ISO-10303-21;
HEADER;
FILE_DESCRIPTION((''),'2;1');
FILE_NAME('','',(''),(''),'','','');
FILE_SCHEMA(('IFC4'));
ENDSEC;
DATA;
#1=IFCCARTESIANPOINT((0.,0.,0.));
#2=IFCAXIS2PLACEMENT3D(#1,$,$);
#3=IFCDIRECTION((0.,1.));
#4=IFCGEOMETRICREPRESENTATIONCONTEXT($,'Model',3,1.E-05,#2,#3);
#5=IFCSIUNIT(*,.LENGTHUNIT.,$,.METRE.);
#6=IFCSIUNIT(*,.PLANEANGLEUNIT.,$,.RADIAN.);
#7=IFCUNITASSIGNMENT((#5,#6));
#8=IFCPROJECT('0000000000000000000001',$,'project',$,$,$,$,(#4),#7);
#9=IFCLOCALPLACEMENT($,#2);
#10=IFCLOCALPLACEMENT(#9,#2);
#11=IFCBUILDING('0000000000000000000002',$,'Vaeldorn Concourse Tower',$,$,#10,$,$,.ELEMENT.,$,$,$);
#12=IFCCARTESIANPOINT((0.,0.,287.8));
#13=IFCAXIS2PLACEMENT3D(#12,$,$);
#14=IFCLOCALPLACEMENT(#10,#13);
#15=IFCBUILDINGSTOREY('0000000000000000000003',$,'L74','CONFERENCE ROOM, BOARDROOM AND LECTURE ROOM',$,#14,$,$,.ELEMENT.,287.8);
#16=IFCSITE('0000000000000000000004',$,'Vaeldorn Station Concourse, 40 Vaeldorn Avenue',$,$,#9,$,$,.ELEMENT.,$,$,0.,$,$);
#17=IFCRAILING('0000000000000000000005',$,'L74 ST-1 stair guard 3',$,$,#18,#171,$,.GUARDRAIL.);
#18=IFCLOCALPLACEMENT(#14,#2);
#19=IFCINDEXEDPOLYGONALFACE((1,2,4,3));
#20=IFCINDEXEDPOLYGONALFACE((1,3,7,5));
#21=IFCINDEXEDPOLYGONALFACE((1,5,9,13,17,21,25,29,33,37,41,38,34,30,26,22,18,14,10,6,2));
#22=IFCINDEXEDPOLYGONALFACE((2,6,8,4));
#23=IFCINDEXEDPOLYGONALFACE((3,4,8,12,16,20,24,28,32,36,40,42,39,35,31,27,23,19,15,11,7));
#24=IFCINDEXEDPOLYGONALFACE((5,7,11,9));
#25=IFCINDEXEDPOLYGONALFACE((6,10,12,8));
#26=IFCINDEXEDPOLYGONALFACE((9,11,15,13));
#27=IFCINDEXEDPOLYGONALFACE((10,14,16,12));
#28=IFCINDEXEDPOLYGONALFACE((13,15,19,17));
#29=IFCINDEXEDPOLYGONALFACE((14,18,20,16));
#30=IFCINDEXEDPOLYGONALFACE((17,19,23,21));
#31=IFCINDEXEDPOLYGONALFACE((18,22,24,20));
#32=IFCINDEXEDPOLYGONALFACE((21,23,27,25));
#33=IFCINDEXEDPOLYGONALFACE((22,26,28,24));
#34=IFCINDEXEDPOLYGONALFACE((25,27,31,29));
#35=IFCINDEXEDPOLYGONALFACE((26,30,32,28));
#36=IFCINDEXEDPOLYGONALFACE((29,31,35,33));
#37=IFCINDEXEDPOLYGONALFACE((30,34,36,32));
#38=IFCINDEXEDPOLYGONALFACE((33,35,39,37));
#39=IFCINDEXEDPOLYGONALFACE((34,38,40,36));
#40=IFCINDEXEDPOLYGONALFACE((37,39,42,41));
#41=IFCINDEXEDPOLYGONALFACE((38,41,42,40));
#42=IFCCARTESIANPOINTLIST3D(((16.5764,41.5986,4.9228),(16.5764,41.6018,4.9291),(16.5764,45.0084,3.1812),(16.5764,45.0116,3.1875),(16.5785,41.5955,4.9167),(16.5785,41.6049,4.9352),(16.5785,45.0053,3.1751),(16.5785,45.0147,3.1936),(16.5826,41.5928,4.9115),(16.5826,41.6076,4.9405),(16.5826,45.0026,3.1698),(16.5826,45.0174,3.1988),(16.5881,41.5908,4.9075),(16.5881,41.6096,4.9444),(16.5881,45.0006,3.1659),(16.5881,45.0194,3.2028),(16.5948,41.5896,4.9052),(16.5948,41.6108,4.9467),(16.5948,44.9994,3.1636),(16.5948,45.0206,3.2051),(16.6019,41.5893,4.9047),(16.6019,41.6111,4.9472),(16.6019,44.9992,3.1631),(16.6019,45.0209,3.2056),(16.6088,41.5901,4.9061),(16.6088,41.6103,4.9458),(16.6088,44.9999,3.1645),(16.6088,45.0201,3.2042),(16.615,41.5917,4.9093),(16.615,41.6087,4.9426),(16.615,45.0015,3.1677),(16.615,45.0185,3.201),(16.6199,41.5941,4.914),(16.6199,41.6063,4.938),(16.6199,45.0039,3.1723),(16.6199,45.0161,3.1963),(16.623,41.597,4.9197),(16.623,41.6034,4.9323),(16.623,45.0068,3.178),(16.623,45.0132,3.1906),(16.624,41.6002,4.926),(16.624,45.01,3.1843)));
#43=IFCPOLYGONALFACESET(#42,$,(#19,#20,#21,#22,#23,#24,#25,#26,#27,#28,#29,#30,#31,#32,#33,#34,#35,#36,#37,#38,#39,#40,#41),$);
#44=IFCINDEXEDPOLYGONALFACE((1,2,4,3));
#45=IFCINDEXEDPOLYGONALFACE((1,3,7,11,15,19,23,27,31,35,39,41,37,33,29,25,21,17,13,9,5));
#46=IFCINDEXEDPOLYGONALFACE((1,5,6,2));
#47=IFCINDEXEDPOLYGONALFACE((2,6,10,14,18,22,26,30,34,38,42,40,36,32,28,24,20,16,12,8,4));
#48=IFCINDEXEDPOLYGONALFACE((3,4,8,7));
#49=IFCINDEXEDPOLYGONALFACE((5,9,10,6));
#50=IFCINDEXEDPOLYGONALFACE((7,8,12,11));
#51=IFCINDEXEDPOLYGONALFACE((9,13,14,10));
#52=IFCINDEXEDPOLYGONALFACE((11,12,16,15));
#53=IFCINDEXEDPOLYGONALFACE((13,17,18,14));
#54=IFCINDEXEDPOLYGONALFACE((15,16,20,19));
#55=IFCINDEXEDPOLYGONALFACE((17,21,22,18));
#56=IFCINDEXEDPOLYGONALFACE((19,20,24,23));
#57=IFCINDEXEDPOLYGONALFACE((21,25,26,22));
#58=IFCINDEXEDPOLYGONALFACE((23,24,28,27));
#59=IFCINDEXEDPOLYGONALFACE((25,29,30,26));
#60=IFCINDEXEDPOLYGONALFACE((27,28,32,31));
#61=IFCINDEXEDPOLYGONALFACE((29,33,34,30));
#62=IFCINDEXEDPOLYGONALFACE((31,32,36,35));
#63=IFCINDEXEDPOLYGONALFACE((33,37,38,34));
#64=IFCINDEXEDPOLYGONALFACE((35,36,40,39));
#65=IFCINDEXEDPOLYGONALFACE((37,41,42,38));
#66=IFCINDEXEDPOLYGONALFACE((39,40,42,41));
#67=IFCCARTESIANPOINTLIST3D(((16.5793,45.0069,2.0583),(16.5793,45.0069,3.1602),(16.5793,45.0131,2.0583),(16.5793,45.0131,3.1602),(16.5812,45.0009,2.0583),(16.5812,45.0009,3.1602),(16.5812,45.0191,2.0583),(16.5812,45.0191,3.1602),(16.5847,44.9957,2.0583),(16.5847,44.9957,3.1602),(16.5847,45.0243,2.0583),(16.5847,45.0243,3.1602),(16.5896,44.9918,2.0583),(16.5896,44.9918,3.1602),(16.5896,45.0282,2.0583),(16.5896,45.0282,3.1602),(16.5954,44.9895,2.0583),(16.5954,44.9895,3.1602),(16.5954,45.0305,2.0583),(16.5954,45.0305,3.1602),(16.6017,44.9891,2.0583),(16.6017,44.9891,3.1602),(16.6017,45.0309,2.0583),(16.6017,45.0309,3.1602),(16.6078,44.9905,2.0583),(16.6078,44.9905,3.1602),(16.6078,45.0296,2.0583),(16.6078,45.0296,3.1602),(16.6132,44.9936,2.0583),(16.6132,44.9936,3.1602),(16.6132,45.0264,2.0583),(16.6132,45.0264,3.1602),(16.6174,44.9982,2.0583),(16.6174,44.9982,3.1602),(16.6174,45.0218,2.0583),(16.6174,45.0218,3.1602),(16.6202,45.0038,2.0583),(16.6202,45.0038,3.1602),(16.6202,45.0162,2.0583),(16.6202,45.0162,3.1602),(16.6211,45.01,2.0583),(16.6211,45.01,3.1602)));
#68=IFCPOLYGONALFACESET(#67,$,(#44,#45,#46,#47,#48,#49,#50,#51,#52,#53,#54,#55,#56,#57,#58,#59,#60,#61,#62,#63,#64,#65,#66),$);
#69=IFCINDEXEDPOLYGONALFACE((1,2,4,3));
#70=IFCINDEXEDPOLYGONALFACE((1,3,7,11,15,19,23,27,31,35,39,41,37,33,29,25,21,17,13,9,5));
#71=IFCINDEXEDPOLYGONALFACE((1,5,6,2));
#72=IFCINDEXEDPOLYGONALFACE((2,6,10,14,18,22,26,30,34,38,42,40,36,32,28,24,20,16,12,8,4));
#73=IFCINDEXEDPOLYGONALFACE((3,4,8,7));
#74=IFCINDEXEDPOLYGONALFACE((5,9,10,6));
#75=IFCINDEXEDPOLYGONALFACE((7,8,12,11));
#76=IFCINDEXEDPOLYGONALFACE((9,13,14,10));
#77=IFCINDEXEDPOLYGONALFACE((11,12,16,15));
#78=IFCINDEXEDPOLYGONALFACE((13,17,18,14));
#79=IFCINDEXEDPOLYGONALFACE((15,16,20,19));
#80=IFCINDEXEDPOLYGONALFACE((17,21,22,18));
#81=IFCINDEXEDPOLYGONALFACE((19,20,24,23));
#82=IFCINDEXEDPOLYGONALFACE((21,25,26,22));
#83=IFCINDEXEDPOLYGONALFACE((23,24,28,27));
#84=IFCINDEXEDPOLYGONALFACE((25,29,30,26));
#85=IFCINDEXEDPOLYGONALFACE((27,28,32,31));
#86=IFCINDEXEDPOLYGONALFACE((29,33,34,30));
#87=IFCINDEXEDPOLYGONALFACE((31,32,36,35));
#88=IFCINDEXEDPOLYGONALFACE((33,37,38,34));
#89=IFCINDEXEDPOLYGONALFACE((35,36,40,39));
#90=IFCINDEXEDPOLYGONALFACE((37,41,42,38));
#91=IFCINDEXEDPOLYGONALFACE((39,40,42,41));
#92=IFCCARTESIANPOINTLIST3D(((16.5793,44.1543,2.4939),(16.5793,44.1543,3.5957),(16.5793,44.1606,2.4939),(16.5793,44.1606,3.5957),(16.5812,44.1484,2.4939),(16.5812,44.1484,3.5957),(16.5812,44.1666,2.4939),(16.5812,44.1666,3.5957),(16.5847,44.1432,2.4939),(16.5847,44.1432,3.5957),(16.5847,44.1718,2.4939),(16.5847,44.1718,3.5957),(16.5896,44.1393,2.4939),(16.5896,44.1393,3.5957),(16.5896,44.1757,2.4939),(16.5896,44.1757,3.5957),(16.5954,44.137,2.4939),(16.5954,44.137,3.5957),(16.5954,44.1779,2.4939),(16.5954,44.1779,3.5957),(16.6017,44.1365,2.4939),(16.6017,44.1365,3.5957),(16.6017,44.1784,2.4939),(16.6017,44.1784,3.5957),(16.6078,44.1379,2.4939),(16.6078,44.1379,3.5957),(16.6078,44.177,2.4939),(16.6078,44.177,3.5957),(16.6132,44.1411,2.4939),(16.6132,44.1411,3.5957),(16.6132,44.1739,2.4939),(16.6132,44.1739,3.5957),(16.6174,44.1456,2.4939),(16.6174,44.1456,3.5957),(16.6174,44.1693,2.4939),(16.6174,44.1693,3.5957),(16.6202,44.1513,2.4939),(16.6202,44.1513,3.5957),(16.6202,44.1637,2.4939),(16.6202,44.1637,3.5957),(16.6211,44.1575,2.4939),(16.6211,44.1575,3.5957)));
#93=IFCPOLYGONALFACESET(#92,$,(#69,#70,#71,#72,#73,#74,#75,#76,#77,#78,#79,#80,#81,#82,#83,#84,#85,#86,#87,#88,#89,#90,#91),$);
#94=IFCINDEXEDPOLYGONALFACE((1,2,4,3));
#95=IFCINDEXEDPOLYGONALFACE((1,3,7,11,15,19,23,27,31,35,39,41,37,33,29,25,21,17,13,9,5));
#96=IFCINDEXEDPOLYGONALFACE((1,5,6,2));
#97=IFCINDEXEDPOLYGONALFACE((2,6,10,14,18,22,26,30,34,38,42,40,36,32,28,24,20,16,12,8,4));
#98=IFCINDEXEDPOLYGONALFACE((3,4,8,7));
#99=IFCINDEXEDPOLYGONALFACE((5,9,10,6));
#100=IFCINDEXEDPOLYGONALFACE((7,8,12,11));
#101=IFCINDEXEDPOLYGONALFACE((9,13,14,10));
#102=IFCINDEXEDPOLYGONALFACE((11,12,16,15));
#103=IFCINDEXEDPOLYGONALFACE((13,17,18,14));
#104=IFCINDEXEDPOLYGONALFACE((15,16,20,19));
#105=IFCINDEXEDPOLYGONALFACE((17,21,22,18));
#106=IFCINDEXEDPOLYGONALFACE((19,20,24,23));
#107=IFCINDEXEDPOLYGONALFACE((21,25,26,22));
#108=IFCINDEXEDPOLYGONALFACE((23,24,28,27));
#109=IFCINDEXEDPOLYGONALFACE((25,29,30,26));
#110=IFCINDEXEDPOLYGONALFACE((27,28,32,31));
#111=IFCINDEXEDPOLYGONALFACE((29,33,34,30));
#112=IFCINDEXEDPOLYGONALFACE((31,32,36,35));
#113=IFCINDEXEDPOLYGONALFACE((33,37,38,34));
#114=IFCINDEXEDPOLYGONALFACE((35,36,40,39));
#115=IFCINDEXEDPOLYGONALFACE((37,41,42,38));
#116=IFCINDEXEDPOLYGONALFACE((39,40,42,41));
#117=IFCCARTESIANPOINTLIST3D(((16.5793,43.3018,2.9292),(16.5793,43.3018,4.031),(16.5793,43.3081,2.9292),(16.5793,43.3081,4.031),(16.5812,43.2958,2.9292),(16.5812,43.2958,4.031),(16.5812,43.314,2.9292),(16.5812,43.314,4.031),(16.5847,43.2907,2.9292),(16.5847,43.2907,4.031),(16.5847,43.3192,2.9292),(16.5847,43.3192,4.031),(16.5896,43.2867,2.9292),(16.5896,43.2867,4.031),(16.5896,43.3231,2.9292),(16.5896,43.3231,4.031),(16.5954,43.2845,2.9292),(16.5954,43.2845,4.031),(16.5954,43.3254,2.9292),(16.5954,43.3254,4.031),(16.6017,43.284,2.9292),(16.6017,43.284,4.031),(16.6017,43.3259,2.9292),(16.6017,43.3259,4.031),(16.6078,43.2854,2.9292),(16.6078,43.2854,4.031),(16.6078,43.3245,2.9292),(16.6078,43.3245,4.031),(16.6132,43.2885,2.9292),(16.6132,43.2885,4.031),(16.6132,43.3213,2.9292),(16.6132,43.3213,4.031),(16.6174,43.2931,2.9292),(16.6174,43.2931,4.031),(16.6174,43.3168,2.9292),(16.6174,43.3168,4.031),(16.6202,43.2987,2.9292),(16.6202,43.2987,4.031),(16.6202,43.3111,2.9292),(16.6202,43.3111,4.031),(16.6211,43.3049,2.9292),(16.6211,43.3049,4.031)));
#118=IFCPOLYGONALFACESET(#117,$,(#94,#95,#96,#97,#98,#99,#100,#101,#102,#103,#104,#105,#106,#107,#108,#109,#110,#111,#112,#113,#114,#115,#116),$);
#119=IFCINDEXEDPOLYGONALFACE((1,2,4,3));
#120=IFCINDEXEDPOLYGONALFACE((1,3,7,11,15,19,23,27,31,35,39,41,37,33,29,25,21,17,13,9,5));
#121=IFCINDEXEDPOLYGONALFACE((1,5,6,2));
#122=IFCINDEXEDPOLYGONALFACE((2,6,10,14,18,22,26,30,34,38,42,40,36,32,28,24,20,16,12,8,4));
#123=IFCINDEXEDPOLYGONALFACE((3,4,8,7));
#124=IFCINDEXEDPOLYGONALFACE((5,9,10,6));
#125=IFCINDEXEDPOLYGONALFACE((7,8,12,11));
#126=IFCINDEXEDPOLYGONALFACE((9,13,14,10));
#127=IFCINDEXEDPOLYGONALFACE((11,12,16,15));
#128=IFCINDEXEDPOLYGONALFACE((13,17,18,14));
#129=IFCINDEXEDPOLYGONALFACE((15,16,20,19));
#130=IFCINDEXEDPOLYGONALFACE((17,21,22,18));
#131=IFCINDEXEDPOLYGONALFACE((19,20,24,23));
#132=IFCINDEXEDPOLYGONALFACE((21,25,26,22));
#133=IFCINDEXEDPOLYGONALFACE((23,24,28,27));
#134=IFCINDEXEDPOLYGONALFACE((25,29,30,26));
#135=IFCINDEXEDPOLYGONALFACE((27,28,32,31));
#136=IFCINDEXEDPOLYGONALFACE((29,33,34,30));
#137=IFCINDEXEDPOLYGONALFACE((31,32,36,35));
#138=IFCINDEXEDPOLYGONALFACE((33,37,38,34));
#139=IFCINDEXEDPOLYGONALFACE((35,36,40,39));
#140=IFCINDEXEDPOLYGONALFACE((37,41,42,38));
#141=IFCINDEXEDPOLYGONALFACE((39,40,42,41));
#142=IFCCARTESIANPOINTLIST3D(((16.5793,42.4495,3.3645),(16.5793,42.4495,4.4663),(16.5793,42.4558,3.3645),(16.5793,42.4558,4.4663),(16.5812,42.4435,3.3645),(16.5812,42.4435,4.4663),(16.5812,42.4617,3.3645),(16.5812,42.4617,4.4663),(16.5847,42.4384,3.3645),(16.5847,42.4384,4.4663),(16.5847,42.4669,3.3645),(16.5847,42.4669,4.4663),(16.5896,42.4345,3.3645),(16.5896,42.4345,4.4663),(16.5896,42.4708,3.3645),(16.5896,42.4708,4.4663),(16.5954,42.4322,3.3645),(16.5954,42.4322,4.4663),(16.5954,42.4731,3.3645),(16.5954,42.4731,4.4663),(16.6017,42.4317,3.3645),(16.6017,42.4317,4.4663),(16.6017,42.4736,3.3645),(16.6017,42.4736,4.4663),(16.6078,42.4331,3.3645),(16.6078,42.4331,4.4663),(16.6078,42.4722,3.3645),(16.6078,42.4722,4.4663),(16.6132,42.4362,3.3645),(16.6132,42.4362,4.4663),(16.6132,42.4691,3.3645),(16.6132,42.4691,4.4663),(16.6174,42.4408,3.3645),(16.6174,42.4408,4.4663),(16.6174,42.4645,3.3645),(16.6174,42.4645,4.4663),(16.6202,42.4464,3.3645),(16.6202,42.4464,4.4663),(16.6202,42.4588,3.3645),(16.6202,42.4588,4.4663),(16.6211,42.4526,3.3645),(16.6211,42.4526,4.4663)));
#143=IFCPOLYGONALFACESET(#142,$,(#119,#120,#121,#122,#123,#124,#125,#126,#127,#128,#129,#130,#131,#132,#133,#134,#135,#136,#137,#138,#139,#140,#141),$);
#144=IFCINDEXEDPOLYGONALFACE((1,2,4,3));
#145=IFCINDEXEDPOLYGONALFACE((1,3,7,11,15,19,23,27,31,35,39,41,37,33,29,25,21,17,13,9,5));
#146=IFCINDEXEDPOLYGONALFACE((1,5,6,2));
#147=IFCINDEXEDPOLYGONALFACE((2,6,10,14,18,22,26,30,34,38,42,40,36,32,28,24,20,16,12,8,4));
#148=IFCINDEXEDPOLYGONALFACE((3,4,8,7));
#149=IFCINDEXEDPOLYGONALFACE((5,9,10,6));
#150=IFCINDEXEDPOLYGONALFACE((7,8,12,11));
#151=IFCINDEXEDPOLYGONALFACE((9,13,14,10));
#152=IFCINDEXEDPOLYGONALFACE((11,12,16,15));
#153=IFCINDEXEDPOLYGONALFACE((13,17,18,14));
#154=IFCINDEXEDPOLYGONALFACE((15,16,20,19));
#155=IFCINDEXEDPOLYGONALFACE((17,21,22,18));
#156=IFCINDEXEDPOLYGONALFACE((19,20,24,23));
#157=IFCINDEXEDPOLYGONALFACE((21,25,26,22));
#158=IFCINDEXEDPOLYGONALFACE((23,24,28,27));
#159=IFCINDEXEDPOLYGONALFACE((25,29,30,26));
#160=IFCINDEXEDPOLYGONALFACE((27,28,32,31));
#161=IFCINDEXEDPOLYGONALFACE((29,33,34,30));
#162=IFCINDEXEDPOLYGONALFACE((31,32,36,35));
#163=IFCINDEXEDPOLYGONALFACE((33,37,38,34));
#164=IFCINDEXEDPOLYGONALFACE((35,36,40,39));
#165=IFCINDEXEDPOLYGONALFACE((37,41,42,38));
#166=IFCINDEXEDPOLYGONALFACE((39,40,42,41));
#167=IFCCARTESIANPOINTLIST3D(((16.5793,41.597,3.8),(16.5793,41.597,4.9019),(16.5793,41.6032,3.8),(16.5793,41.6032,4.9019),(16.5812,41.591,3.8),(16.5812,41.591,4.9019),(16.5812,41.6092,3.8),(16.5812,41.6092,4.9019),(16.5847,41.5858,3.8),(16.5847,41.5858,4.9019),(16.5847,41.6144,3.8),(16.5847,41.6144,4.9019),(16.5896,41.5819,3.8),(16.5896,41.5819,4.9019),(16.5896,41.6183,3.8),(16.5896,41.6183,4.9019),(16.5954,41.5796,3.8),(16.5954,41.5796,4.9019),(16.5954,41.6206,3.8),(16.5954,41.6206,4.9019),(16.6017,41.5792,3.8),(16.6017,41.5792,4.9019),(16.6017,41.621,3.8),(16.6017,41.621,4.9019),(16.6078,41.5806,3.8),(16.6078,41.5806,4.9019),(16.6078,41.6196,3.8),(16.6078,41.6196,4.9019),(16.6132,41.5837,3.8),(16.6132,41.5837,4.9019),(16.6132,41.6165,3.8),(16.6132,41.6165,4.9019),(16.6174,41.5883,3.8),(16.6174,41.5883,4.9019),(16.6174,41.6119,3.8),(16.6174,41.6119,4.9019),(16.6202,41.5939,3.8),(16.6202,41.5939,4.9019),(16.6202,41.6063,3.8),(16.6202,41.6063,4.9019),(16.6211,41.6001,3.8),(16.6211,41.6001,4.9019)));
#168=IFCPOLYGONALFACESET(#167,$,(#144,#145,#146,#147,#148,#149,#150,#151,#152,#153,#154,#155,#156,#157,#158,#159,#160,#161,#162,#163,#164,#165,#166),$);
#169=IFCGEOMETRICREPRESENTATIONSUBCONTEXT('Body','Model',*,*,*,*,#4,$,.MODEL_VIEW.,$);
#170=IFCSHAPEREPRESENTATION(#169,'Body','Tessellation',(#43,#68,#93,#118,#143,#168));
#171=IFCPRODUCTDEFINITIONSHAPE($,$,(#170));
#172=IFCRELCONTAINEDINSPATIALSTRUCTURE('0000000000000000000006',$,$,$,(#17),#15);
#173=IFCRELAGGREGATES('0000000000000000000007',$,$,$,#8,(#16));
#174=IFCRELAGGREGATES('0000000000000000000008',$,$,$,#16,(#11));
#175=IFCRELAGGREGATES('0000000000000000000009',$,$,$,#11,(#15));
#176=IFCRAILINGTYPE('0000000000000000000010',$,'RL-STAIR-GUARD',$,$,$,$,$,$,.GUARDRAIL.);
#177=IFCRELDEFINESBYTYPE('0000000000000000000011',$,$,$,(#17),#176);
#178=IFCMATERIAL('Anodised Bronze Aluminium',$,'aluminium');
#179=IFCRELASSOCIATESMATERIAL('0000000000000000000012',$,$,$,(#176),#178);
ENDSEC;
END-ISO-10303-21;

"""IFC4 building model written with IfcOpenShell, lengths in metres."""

from ifc_helpers import new_model, si_unit, direction, frame, origin, origin_2d, place, context, subcontext, project, spatial, circle, extrude, material, type_object, element, save


model = new_model("IFC4")

# Units and contexts
model_context = context("Model", 3, precision=1e-05, world=origin(), true_north=direction((0.0, 1.0)))
body_context = subcontext(model_context, "Body", "Model", "MODEL_VIEW")
ifc_project = project(units=[si_unit("LENGTHUNIT", "METRE"), si_unit("PLANEANGLEUNIT", "RADIAN")], contexts=[model_context])

# Site, building, storey
site_placement = place(None, origin())
site = spatial("IfcSite", under=ifc_project, at=site_placement, Name="Vaeldorn Station Concourse, 40 Vaeldorn Avenue", CompositionType="ELEMENT", RefElevation=0.0)
building_placement = place(site_placement, origin())
building = spatial("IfcBuilding", under=site, at=building_placement, Name="Vaeldorn Concourse Tower", CompositionType="ELEMENT")
storey_placement = place(building_placement, frame((0.0, 0.0, 287.8)))
storey = spatial("IfcBuildingStorey", under=building, at=storey_placement, Name="L74", Description="CONFERENCE ROOM, BOARDROOM AND LECTURE ROOM", CompositionType="ELEMENT", Elevation=287.8)

# Shared definitions
ifc_material_1 = material(Name="Anodised Bronze Aluminium", Category="aluminium")

# Railing
railing_type_1 = type_object("IfcRailingType", Name="RL-STAIR-GUARD", PredefinedType="GUARDRAIL", material=ifc_material_1)
railing_1_placement = place(storey_placement, frame((16.6001, 45.01, 2.0583)))
element("IfcRailing", 1, at=railing_1_placement, inside=storey, type_object=railing_type_1, Name="L74 ST-1 stair guard 3", PredefinedType="GUARDRAIL", context=body_context, shape_type="SweptSolid", body=[
    extrude(circle(Radius=0.0239, at=origin_2d()), frame((0.0, 0.0, 1.126), z_axis=(0.0, -0.890556, 0.454874), x_axis=(1.0, 0.0, 0.0)), (0.0, 0.0, 1.0), 3.8289),
    extrude(circle(Radius=0.021, at=origin_2d()), origin(), (0.0, 0.0, 1.0), 1.1018),
    extrude(circle(Radius=0.021, at=origin_2d()), frame((0.0, -0.8525, 0.4355)), (0.0, 0.0, 1.0), 1.1018),
    extrude(circle(Radius=0.021, at=origin_2d()), frame((0.0, -1.7051, 0.8708)), (0.0, 0.0, 1.0), 1.1018),
    extrude(circle(Radius=0.021, at=origin_2d()), frame((0.0, -2.5574, 1.3062)), (0.0, 0.0, 1.0), 1.1018),
    extrude(circle(Radius=0.021, at=origin_2d()), frame((0.0, -3.4099, 1.7417)), (0.0, 0.0, 1.0), 1.1018),
])

save(model, "model.ifc")
